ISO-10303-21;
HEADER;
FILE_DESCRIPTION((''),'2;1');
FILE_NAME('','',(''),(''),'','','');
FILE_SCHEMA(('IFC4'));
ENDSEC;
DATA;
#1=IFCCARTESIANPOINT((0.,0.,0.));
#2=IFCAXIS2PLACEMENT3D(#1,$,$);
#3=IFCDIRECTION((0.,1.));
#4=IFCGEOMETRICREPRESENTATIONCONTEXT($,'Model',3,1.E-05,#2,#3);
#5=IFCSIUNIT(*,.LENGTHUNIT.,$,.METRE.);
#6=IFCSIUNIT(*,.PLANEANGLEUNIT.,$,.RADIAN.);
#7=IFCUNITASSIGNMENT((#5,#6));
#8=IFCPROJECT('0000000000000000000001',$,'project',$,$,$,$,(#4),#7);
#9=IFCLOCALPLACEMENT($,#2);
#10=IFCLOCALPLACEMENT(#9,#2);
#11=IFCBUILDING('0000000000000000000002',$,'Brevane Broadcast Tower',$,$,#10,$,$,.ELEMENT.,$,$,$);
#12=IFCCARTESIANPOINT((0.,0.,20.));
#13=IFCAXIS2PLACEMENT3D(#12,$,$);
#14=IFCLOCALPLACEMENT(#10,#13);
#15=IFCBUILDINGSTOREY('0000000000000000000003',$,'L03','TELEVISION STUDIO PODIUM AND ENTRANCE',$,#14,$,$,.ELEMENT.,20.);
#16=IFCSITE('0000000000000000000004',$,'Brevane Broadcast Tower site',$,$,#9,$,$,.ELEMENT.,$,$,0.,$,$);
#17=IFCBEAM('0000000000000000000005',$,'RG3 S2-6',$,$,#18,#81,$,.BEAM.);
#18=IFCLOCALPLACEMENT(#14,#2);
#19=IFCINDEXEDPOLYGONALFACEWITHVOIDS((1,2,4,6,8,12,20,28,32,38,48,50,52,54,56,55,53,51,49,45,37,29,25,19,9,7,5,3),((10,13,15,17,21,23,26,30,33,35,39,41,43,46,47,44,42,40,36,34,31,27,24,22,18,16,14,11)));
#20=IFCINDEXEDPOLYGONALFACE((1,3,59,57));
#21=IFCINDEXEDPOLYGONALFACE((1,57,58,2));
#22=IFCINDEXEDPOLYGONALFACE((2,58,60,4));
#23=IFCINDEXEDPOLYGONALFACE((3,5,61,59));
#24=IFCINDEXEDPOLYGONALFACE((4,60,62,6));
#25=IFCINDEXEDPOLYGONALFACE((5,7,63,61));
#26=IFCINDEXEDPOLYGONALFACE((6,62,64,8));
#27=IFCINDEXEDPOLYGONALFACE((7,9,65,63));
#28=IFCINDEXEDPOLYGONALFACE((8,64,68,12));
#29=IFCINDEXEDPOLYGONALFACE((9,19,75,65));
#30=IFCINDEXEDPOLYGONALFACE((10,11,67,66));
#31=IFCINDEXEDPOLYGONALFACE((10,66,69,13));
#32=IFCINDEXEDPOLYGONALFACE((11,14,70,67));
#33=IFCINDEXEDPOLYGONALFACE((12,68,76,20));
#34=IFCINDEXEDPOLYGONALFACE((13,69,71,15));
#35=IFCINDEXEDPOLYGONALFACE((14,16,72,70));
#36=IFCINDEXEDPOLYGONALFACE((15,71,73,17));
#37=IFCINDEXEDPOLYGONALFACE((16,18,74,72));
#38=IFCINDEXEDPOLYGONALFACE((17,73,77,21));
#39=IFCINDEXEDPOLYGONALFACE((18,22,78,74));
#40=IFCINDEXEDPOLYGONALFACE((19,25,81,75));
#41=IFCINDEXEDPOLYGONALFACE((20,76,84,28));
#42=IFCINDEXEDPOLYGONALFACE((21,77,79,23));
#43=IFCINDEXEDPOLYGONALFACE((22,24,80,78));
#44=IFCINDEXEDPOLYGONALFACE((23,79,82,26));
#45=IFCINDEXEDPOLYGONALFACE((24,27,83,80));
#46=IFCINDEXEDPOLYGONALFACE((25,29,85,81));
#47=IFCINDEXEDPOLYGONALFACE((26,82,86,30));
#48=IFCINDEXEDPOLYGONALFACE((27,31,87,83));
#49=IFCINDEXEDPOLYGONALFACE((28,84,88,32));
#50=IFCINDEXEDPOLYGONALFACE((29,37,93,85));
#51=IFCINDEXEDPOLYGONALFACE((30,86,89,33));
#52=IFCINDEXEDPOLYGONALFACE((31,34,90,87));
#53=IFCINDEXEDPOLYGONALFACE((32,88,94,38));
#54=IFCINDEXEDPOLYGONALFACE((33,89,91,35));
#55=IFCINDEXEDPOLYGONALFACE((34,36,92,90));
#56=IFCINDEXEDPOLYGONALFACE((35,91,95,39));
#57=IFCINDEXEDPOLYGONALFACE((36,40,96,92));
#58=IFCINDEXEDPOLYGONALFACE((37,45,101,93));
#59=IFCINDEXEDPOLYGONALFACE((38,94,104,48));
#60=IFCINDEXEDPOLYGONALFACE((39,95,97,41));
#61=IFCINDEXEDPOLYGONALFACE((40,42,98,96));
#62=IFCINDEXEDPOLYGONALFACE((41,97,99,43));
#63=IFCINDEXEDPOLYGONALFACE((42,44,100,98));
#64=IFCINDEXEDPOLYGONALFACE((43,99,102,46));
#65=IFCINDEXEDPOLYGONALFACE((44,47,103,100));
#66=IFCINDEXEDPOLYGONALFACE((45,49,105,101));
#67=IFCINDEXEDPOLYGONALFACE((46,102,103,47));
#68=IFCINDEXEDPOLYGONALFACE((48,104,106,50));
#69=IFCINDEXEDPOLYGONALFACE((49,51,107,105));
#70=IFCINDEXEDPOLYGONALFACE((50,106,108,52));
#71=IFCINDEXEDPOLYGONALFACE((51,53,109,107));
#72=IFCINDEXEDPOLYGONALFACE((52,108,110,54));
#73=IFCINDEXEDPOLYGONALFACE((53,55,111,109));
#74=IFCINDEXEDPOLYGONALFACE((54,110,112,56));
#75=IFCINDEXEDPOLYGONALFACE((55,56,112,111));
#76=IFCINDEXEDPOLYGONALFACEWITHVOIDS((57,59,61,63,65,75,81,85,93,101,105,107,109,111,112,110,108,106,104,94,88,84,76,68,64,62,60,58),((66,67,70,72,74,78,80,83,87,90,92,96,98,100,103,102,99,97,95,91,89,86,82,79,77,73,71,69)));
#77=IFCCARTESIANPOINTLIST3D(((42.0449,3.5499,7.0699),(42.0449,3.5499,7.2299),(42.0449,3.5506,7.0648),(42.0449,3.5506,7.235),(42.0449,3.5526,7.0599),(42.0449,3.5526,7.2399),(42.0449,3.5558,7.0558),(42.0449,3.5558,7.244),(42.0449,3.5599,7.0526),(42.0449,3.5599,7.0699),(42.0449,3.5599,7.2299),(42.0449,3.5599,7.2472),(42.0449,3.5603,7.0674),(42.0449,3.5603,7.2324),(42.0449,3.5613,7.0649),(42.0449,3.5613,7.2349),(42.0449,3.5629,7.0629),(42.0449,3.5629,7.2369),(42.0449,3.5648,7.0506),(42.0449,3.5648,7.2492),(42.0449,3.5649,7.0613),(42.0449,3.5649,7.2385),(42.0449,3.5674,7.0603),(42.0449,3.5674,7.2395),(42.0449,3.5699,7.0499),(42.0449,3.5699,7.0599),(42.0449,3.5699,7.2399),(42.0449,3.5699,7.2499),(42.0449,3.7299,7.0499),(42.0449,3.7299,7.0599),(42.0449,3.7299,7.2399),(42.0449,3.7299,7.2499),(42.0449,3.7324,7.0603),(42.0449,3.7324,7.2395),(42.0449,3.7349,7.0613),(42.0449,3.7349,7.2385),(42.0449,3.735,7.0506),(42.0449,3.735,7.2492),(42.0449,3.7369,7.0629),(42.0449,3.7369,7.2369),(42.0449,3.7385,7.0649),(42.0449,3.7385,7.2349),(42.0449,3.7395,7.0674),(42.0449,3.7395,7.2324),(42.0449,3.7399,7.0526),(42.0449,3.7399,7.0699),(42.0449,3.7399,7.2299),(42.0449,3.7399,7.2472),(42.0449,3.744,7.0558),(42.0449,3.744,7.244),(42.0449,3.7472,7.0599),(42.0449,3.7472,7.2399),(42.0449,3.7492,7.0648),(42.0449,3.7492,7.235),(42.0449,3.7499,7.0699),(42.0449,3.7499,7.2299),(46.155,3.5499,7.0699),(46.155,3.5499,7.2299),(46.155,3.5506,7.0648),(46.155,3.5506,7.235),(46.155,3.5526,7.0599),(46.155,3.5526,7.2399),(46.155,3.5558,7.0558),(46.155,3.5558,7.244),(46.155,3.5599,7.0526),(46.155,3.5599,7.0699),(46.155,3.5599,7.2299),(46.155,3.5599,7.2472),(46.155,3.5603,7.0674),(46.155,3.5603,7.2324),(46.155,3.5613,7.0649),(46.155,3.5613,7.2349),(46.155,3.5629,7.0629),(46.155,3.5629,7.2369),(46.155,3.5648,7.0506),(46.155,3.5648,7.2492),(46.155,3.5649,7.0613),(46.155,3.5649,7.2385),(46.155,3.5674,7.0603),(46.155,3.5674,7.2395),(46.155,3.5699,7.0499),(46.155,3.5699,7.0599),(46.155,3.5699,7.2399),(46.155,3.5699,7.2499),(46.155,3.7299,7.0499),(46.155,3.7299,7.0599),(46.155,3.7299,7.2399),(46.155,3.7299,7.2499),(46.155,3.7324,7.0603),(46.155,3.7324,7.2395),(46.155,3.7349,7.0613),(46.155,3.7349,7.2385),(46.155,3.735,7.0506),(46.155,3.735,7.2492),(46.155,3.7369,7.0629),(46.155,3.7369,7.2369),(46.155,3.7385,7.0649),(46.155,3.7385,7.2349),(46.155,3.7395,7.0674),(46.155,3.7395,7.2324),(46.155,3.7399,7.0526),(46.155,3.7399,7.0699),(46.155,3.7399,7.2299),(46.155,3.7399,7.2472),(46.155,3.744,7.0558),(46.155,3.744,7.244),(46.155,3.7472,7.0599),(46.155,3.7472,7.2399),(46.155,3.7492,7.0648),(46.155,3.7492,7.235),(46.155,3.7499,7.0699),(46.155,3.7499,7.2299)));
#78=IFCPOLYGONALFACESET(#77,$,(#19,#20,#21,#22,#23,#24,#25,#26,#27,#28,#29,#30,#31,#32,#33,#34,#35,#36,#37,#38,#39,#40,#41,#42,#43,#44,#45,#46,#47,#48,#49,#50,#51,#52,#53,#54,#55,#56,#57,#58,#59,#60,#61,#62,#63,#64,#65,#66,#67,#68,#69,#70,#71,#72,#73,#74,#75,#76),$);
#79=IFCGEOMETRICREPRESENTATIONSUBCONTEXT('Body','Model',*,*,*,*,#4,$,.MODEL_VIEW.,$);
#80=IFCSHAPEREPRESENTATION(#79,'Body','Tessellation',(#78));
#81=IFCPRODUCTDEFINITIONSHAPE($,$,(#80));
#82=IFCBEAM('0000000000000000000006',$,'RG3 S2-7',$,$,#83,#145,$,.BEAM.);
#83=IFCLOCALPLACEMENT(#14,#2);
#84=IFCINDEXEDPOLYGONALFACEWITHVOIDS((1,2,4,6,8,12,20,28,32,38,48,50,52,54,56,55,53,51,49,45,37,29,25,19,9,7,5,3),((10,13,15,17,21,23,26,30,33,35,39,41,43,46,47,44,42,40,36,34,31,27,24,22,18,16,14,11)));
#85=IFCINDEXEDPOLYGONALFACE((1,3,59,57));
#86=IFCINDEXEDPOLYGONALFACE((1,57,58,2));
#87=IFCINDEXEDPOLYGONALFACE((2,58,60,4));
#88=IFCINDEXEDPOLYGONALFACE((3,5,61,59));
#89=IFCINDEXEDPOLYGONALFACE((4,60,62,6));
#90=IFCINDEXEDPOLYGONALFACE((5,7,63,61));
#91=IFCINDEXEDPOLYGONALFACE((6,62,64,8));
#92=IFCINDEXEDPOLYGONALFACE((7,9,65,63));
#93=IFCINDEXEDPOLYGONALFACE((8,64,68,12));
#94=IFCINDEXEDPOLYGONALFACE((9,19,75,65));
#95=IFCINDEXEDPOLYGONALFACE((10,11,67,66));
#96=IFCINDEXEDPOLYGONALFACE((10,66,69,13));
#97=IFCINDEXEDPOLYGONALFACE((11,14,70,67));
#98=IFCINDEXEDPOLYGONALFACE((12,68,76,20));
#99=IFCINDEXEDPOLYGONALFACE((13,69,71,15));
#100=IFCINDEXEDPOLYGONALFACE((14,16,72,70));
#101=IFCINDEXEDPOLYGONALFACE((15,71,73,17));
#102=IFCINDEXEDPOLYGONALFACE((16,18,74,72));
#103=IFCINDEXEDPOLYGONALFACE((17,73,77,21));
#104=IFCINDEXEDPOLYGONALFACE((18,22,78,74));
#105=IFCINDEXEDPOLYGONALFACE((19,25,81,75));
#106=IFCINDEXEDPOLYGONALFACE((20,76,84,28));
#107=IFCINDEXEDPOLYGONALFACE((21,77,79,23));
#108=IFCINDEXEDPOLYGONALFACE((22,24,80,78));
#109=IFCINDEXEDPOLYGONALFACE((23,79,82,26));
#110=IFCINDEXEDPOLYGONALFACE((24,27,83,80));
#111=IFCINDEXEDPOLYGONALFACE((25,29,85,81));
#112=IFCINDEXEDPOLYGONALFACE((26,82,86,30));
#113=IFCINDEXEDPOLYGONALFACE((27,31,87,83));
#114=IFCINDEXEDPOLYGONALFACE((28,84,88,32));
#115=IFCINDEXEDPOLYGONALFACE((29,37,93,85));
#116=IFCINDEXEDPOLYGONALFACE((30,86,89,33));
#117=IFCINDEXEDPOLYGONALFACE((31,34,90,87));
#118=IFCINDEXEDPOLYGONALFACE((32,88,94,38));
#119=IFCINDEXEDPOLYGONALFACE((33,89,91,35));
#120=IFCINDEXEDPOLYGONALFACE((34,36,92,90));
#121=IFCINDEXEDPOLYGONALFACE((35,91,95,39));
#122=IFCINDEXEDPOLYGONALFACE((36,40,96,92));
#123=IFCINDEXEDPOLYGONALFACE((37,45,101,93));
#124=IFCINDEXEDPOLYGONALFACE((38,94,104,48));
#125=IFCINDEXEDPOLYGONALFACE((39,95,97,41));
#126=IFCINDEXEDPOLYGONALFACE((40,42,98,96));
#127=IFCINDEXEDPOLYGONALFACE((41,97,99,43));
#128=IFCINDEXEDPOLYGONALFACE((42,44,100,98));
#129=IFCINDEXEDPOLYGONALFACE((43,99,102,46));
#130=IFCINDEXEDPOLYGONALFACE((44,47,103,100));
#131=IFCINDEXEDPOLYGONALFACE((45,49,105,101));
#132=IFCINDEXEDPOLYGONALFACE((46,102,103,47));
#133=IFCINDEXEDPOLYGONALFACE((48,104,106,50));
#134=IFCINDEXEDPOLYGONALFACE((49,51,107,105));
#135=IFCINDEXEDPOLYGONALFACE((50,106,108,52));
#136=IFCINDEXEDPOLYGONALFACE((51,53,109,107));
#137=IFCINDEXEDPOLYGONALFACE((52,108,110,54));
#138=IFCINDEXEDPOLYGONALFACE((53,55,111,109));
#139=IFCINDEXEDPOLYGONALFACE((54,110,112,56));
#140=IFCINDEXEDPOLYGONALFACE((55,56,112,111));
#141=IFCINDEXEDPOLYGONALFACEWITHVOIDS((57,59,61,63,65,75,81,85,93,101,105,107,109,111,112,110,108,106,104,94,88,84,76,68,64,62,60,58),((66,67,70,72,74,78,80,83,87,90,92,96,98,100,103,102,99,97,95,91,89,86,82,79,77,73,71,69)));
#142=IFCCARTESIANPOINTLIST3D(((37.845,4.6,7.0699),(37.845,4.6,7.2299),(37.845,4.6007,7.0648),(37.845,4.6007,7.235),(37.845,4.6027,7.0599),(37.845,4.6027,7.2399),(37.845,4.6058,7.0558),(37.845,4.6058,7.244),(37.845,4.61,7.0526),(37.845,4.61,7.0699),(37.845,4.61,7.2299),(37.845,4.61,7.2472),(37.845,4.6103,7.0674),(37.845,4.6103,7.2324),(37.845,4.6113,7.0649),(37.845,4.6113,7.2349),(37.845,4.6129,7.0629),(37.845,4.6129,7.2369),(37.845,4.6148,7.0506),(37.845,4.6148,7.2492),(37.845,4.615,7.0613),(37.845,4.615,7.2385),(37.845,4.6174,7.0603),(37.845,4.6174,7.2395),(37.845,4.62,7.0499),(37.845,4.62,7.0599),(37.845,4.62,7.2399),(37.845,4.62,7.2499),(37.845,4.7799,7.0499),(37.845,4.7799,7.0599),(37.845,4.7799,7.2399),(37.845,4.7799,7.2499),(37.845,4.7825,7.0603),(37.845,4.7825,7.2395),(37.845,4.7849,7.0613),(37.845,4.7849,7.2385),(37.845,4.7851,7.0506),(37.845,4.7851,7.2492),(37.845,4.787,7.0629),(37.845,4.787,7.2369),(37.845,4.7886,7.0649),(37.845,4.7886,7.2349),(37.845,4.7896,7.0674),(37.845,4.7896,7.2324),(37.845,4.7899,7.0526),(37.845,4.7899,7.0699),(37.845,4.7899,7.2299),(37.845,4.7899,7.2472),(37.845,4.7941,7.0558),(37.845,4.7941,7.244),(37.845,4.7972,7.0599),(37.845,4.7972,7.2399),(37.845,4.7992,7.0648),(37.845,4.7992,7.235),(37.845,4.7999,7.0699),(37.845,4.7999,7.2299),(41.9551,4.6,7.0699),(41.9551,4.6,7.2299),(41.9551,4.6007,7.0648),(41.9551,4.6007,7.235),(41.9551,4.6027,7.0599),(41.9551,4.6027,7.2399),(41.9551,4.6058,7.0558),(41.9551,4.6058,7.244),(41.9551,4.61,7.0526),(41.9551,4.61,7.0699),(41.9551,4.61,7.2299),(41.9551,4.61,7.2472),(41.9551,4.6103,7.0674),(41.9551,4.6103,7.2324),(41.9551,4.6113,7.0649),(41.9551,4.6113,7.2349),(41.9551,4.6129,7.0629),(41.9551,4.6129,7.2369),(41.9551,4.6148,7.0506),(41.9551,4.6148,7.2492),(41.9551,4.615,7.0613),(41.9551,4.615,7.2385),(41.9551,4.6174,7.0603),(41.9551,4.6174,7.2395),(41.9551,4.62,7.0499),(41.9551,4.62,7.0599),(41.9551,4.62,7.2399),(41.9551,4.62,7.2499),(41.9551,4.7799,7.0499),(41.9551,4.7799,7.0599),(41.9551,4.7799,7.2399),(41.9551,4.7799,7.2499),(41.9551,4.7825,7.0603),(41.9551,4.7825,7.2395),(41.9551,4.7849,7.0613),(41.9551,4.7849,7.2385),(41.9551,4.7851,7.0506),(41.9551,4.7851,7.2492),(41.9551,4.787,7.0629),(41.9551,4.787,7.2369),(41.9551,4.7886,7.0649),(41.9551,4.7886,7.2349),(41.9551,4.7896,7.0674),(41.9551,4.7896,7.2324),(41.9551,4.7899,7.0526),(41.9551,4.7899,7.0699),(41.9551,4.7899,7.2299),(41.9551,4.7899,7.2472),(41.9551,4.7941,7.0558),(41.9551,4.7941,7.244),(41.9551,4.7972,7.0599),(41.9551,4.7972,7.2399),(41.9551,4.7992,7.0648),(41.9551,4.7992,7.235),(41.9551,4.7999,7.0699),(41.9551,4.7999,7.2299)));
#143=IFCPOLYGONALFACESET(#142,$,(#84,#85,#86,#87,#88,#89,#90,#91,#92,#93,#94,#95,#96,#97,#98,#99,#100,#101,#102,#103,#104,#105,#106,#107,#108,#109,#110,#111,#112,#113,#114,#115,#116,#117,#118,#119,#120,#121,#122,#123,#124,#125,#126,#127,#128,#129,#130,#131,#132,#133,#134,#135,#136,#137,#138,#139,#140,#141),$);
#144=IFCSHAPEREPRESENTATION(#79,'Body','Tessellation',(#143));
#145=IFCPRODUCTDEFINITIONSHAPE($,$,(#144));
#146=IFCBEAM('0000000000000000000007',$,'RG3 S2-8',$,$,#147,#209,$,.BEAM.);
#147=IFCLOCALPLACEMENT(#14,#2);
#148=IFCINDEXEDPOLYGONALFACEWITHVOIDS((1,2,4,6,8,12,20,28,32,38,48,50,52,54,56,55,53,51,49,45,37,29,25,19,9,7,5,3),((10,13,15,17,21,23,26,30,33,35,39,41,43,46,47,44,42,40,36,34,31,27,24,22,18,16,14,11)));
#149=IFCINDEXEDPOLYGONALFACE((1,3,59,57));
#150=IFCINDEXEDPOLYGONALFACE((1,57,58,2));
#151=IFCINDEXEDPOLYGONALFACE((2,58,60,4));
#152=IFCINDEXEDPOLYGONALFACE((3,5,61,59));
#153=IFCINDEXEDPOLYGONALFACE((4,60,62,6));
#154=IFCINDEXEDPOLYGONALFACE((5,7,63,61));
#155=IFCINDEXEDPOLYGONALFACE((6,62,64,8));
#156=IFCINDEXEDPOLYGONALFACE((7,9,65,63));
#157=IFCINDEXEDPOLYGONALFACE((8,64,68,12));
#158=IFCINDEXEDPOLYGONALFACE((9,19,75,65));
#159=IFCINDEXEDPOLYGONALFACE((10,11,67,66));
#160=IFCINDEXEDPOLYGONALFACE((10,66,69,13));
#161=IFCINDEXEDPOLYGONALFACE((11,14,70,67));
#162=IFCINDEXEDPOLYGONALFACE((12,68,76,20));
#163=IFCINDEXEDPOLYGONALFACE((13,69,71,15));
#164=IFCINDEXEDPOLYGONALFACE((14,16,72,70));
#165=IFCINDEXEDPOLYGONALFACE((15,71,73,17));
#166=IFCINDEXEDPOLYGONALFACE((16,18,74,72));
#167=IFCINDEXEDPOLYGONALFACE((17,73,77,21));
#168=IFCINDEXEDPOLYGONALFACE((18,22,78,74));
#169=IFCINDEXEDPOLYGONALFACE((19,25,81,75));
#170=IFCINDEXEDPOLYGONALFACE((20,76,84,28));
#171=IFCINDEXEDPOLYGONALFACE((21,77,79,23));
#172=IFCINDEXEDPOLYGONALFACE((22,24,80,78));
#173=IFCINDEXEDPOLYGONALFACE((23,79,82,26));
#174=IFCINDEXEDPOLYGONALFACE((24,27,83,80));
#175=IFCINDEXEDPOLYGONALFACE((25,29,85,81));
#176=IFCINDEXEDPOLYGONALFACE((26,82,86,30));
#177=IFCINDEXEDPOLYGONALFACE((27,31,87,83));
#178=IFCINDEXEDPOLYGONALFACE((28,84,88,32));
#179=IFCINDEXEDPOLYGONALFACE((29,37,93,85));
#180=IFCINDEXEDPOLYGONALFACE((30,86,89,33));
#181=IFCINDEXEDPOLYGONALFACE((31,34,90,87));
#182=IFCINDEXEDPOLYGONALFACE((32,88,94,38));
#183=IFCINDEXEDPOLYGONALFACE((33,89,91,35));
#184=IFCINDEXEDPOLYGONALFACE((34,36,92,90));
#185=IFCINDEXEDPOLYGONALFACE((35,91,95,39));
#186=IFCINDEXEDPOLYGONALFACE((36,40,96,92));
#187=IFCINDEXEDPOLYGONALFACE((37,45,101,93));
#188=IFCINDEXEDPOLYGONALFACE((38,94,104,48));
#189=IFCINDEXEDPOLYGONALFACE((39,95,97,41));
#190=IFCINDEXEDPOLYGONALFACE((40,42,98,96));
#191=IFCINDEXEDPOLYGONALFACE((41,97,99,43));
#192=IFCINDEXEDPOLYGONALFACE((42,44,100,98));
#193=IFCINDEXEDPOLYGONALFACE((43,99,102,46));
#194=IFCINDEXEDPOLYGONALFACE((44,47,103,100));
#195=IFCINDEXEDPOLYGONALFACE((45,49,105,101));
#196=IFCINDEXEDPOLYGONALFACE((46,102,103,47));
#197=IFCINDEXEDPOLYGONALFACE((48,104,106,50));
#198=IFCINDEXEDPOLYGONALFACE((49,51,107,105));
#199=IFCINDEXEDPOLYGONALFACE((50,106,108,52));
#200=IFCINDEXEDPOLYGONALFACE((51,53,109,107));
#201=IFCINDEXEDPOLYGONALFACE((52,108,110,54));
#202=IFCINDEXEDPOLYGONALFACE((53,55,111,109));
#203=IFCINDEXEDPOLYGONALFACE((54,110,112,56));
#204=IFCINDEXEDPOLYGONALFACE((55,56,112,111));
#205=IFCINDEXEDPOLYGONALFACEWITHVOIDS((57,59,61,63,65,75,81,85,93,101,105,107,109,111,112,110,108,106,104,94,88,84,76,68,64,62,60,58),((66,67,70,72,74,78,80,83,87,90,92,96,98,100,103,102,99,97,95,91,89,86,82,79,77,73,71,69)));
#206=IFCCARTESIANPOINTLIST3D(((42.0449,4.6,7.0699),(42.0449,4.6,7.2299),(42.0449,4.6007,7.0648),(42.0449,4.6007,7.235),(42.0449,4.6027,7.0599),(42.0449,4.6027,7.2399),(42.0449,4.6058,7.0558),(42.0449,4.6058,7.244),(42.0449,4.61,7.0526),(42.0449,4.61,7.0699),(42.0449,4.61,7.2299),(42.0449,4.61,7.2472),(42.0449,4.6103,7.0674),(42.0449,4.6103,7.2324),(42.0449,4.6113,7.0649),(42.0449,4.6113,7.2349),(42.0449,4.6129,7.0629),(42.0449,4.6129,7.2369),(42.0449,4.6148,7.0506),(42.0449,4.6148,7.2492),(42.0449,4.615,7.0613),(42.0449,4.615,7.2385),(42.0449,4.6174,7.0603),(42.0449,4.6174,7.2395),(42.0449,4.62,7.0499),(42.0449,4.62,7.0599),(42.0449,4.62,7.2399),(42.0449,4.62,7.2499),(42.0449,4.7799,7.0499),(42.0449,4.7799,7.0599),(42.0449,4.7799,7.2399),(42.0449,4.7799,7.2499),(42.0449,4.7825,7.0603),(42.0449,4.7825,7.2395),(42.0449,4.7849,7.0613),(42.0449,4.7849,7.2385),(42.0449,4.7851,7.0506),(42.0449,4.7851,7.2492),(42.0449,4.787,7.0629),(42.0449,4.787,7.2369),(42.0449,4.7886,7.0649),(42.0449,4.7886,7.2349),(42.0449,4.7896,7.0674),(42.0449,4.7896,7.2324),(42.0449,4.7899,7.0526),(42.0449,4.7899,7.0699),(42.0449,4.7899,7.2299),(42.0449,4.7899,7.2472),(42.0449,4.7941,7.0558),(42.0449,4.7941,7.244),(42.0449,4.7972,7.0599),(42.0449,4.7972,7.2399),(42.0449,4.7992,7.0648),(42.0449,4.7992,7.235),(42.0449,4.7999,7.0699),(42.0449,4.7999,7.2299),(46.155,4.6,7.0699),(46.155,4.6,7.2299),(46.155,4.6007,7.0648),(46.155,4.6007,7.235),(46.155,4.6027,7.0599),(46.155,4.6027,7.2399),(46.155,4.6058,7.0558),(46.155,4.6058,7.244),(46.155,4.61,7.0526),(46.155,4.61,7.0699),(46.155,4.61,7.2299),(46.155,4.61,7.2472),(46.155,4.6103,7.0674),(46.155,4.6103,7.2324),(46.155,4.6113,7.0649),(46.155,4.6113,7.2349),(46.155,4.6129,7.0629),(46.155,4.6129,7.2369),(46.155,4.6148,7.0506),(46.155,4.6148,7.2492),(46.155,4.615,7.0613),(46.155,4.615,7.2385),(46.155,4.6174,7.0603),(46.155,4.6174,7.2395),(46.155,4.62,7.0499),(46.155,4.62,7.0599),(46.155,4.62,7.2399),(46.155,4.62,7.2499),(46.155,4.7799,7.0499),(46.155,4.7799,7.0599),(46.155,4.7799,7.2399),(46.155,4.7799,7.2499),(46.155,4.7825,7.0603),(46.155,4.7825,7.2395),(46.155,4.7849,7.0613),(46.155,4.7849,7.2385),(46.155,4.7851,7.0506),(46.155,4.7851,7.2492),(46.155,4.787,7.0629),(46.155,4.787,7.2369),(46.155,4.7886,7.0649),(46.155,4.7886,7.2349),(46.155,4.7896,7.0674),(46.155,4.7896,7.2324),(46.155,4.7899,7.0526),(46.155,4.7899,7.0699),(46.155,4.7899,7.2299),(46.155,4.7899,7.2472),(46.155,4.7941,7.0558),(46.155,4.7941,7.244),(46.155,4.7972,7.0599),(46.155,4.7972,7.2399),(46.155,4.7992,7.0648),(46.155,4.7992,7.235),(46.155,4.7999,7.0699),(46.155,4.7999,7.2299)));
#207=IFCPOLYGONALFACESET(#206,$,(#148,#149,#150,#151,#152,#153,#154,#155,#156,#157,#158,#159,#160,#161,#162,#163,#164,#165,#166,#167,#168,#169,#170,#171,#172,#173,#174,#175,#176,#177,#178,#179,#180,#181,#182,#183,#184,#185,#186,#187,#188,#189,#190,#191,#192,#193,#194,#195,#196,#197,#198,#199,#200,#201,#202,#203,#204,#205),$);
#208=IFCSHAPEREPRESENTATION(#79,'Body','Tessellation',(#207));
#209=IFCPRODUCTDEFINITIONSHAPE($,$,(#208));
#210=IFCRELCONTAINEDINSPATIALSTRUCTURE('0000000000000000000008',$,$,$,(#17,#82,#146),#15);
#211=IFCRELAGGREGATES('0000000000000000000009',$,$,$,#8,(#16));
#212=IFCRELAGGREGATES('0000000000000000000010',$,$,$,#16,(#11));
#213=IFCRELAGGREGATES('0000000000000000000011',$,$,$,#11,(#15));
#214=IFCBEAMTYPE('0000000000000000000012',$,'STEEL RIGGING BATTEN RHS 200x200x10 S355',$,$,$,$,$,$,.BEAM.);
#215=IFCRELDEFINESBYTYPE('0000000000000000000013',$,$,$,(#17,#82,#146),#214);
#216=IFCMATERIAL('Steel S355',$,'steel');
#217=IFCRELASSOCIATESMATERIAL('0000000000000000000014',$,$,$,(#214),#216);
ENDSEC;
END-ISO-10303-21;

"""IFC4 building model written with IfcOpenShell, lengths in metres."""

from ifc_helpers import new_model, si_unit, direction, frame, origin, origin_2d, place, context, subcontext, project, spatial, hollow_rectangle, extrude, material, material_profile, profile_set, type_object, element, save


model = new_model("IFC4")

# Units and contexts
model_context = context("Model", 3, precision=1e-05, world=origin(), true_north=direction((0.0, 1.0)))
body_context = subcontext(model_context, "Body", "Model", "MODEL_VIEW")
ifc_project = project(units=[si_unit("LENGTHUNIT", "METRE"), si_unit("PLANEANGLEUNIT", "RADIAN")], contexts=[model_context])

# Site, building, storey
site_placement = place(None, origin())
site = spatial("IfcSite", under=ifc_project, at=site_placement, Name="Brevane Broadcast Tower site", CompositionType="ELEMENT", RefElevation=0.0)
building_placement = place(site_placement, origin())
building = spatial("IfcBuilding", under=site, at=building_placement, Name="Brevane Broadcast Tower", CompositionType="ELEMENT")
storey_placement = place(building_placement, frame((0.0, 0.0, 20.0)))
storey = spatial("IfcBuildingStorey", under=building, at=storey_placement, Name="L03", Description="TELEVISION STUDIO PODIUM AND ENTRANCE", CompositionType="ELEMENT", Elevation=20.0)

# Beams
ifc_material_1 = material(Name="Steel S355", Category="steel")
ifc_material_profile_1 = material_profile(ifc_material_1, hollow_rectangle(XDim=0.2, YDim=0.2, WallThickness=0.01, InnerFilletRadius=0.01, OuterFilletRadius=0.02, at=origin_2d()), Name="RHS 200x200x10")
ifc_profile_set_1 = profile_set([ifc_material_profile_1], Name="Steel S355")
beam_type_1 = type_object("IfcBeamType", Name="STEEL RIGGING BATTEN RHS 200x200x10 S355", PredefinedType="BEAM", material=ifc_profile_set_1)
for number, where, z_axis, x_axis, name in (
    (1, (42.0449, 3.6499, 7.1499), (1.0, 0.0, 0.0), (0.0, 1.0, 0.0), "RG3 S2-6"),
    (2, (37.845, 4.7, 7.1499), (1.0, 0.0, 0.0), (0.0, 1.0, 0.0), "RG3 S2-7"),
    (3, (42.0449, 4.7, 7.1499), (1.0, 0.0, 0.0), (0.0, 1.0, 0.0), "RG3 S2-8"),
):
    element("IfcBeam", number, at=place(storey_placement, frame(where, z_axis=z_axis, x_axis=x_axis)), inside=storey, type_object=beam_type_1, Name=name, PredefinedType="BEAM", context=body_context, shape_type="SweptSolid", body=[
        extrude(hollow_rectangle(XDim=0.2, YDim=0.2, WallThickness=0.01, InnerFilletRadius=0.01, OuterFilletRadius=0.02, at=origin_2d()), origin(), (0.0, 0.0, 1.0), 4.1101),
    ])

save(model, "model.ifc")
